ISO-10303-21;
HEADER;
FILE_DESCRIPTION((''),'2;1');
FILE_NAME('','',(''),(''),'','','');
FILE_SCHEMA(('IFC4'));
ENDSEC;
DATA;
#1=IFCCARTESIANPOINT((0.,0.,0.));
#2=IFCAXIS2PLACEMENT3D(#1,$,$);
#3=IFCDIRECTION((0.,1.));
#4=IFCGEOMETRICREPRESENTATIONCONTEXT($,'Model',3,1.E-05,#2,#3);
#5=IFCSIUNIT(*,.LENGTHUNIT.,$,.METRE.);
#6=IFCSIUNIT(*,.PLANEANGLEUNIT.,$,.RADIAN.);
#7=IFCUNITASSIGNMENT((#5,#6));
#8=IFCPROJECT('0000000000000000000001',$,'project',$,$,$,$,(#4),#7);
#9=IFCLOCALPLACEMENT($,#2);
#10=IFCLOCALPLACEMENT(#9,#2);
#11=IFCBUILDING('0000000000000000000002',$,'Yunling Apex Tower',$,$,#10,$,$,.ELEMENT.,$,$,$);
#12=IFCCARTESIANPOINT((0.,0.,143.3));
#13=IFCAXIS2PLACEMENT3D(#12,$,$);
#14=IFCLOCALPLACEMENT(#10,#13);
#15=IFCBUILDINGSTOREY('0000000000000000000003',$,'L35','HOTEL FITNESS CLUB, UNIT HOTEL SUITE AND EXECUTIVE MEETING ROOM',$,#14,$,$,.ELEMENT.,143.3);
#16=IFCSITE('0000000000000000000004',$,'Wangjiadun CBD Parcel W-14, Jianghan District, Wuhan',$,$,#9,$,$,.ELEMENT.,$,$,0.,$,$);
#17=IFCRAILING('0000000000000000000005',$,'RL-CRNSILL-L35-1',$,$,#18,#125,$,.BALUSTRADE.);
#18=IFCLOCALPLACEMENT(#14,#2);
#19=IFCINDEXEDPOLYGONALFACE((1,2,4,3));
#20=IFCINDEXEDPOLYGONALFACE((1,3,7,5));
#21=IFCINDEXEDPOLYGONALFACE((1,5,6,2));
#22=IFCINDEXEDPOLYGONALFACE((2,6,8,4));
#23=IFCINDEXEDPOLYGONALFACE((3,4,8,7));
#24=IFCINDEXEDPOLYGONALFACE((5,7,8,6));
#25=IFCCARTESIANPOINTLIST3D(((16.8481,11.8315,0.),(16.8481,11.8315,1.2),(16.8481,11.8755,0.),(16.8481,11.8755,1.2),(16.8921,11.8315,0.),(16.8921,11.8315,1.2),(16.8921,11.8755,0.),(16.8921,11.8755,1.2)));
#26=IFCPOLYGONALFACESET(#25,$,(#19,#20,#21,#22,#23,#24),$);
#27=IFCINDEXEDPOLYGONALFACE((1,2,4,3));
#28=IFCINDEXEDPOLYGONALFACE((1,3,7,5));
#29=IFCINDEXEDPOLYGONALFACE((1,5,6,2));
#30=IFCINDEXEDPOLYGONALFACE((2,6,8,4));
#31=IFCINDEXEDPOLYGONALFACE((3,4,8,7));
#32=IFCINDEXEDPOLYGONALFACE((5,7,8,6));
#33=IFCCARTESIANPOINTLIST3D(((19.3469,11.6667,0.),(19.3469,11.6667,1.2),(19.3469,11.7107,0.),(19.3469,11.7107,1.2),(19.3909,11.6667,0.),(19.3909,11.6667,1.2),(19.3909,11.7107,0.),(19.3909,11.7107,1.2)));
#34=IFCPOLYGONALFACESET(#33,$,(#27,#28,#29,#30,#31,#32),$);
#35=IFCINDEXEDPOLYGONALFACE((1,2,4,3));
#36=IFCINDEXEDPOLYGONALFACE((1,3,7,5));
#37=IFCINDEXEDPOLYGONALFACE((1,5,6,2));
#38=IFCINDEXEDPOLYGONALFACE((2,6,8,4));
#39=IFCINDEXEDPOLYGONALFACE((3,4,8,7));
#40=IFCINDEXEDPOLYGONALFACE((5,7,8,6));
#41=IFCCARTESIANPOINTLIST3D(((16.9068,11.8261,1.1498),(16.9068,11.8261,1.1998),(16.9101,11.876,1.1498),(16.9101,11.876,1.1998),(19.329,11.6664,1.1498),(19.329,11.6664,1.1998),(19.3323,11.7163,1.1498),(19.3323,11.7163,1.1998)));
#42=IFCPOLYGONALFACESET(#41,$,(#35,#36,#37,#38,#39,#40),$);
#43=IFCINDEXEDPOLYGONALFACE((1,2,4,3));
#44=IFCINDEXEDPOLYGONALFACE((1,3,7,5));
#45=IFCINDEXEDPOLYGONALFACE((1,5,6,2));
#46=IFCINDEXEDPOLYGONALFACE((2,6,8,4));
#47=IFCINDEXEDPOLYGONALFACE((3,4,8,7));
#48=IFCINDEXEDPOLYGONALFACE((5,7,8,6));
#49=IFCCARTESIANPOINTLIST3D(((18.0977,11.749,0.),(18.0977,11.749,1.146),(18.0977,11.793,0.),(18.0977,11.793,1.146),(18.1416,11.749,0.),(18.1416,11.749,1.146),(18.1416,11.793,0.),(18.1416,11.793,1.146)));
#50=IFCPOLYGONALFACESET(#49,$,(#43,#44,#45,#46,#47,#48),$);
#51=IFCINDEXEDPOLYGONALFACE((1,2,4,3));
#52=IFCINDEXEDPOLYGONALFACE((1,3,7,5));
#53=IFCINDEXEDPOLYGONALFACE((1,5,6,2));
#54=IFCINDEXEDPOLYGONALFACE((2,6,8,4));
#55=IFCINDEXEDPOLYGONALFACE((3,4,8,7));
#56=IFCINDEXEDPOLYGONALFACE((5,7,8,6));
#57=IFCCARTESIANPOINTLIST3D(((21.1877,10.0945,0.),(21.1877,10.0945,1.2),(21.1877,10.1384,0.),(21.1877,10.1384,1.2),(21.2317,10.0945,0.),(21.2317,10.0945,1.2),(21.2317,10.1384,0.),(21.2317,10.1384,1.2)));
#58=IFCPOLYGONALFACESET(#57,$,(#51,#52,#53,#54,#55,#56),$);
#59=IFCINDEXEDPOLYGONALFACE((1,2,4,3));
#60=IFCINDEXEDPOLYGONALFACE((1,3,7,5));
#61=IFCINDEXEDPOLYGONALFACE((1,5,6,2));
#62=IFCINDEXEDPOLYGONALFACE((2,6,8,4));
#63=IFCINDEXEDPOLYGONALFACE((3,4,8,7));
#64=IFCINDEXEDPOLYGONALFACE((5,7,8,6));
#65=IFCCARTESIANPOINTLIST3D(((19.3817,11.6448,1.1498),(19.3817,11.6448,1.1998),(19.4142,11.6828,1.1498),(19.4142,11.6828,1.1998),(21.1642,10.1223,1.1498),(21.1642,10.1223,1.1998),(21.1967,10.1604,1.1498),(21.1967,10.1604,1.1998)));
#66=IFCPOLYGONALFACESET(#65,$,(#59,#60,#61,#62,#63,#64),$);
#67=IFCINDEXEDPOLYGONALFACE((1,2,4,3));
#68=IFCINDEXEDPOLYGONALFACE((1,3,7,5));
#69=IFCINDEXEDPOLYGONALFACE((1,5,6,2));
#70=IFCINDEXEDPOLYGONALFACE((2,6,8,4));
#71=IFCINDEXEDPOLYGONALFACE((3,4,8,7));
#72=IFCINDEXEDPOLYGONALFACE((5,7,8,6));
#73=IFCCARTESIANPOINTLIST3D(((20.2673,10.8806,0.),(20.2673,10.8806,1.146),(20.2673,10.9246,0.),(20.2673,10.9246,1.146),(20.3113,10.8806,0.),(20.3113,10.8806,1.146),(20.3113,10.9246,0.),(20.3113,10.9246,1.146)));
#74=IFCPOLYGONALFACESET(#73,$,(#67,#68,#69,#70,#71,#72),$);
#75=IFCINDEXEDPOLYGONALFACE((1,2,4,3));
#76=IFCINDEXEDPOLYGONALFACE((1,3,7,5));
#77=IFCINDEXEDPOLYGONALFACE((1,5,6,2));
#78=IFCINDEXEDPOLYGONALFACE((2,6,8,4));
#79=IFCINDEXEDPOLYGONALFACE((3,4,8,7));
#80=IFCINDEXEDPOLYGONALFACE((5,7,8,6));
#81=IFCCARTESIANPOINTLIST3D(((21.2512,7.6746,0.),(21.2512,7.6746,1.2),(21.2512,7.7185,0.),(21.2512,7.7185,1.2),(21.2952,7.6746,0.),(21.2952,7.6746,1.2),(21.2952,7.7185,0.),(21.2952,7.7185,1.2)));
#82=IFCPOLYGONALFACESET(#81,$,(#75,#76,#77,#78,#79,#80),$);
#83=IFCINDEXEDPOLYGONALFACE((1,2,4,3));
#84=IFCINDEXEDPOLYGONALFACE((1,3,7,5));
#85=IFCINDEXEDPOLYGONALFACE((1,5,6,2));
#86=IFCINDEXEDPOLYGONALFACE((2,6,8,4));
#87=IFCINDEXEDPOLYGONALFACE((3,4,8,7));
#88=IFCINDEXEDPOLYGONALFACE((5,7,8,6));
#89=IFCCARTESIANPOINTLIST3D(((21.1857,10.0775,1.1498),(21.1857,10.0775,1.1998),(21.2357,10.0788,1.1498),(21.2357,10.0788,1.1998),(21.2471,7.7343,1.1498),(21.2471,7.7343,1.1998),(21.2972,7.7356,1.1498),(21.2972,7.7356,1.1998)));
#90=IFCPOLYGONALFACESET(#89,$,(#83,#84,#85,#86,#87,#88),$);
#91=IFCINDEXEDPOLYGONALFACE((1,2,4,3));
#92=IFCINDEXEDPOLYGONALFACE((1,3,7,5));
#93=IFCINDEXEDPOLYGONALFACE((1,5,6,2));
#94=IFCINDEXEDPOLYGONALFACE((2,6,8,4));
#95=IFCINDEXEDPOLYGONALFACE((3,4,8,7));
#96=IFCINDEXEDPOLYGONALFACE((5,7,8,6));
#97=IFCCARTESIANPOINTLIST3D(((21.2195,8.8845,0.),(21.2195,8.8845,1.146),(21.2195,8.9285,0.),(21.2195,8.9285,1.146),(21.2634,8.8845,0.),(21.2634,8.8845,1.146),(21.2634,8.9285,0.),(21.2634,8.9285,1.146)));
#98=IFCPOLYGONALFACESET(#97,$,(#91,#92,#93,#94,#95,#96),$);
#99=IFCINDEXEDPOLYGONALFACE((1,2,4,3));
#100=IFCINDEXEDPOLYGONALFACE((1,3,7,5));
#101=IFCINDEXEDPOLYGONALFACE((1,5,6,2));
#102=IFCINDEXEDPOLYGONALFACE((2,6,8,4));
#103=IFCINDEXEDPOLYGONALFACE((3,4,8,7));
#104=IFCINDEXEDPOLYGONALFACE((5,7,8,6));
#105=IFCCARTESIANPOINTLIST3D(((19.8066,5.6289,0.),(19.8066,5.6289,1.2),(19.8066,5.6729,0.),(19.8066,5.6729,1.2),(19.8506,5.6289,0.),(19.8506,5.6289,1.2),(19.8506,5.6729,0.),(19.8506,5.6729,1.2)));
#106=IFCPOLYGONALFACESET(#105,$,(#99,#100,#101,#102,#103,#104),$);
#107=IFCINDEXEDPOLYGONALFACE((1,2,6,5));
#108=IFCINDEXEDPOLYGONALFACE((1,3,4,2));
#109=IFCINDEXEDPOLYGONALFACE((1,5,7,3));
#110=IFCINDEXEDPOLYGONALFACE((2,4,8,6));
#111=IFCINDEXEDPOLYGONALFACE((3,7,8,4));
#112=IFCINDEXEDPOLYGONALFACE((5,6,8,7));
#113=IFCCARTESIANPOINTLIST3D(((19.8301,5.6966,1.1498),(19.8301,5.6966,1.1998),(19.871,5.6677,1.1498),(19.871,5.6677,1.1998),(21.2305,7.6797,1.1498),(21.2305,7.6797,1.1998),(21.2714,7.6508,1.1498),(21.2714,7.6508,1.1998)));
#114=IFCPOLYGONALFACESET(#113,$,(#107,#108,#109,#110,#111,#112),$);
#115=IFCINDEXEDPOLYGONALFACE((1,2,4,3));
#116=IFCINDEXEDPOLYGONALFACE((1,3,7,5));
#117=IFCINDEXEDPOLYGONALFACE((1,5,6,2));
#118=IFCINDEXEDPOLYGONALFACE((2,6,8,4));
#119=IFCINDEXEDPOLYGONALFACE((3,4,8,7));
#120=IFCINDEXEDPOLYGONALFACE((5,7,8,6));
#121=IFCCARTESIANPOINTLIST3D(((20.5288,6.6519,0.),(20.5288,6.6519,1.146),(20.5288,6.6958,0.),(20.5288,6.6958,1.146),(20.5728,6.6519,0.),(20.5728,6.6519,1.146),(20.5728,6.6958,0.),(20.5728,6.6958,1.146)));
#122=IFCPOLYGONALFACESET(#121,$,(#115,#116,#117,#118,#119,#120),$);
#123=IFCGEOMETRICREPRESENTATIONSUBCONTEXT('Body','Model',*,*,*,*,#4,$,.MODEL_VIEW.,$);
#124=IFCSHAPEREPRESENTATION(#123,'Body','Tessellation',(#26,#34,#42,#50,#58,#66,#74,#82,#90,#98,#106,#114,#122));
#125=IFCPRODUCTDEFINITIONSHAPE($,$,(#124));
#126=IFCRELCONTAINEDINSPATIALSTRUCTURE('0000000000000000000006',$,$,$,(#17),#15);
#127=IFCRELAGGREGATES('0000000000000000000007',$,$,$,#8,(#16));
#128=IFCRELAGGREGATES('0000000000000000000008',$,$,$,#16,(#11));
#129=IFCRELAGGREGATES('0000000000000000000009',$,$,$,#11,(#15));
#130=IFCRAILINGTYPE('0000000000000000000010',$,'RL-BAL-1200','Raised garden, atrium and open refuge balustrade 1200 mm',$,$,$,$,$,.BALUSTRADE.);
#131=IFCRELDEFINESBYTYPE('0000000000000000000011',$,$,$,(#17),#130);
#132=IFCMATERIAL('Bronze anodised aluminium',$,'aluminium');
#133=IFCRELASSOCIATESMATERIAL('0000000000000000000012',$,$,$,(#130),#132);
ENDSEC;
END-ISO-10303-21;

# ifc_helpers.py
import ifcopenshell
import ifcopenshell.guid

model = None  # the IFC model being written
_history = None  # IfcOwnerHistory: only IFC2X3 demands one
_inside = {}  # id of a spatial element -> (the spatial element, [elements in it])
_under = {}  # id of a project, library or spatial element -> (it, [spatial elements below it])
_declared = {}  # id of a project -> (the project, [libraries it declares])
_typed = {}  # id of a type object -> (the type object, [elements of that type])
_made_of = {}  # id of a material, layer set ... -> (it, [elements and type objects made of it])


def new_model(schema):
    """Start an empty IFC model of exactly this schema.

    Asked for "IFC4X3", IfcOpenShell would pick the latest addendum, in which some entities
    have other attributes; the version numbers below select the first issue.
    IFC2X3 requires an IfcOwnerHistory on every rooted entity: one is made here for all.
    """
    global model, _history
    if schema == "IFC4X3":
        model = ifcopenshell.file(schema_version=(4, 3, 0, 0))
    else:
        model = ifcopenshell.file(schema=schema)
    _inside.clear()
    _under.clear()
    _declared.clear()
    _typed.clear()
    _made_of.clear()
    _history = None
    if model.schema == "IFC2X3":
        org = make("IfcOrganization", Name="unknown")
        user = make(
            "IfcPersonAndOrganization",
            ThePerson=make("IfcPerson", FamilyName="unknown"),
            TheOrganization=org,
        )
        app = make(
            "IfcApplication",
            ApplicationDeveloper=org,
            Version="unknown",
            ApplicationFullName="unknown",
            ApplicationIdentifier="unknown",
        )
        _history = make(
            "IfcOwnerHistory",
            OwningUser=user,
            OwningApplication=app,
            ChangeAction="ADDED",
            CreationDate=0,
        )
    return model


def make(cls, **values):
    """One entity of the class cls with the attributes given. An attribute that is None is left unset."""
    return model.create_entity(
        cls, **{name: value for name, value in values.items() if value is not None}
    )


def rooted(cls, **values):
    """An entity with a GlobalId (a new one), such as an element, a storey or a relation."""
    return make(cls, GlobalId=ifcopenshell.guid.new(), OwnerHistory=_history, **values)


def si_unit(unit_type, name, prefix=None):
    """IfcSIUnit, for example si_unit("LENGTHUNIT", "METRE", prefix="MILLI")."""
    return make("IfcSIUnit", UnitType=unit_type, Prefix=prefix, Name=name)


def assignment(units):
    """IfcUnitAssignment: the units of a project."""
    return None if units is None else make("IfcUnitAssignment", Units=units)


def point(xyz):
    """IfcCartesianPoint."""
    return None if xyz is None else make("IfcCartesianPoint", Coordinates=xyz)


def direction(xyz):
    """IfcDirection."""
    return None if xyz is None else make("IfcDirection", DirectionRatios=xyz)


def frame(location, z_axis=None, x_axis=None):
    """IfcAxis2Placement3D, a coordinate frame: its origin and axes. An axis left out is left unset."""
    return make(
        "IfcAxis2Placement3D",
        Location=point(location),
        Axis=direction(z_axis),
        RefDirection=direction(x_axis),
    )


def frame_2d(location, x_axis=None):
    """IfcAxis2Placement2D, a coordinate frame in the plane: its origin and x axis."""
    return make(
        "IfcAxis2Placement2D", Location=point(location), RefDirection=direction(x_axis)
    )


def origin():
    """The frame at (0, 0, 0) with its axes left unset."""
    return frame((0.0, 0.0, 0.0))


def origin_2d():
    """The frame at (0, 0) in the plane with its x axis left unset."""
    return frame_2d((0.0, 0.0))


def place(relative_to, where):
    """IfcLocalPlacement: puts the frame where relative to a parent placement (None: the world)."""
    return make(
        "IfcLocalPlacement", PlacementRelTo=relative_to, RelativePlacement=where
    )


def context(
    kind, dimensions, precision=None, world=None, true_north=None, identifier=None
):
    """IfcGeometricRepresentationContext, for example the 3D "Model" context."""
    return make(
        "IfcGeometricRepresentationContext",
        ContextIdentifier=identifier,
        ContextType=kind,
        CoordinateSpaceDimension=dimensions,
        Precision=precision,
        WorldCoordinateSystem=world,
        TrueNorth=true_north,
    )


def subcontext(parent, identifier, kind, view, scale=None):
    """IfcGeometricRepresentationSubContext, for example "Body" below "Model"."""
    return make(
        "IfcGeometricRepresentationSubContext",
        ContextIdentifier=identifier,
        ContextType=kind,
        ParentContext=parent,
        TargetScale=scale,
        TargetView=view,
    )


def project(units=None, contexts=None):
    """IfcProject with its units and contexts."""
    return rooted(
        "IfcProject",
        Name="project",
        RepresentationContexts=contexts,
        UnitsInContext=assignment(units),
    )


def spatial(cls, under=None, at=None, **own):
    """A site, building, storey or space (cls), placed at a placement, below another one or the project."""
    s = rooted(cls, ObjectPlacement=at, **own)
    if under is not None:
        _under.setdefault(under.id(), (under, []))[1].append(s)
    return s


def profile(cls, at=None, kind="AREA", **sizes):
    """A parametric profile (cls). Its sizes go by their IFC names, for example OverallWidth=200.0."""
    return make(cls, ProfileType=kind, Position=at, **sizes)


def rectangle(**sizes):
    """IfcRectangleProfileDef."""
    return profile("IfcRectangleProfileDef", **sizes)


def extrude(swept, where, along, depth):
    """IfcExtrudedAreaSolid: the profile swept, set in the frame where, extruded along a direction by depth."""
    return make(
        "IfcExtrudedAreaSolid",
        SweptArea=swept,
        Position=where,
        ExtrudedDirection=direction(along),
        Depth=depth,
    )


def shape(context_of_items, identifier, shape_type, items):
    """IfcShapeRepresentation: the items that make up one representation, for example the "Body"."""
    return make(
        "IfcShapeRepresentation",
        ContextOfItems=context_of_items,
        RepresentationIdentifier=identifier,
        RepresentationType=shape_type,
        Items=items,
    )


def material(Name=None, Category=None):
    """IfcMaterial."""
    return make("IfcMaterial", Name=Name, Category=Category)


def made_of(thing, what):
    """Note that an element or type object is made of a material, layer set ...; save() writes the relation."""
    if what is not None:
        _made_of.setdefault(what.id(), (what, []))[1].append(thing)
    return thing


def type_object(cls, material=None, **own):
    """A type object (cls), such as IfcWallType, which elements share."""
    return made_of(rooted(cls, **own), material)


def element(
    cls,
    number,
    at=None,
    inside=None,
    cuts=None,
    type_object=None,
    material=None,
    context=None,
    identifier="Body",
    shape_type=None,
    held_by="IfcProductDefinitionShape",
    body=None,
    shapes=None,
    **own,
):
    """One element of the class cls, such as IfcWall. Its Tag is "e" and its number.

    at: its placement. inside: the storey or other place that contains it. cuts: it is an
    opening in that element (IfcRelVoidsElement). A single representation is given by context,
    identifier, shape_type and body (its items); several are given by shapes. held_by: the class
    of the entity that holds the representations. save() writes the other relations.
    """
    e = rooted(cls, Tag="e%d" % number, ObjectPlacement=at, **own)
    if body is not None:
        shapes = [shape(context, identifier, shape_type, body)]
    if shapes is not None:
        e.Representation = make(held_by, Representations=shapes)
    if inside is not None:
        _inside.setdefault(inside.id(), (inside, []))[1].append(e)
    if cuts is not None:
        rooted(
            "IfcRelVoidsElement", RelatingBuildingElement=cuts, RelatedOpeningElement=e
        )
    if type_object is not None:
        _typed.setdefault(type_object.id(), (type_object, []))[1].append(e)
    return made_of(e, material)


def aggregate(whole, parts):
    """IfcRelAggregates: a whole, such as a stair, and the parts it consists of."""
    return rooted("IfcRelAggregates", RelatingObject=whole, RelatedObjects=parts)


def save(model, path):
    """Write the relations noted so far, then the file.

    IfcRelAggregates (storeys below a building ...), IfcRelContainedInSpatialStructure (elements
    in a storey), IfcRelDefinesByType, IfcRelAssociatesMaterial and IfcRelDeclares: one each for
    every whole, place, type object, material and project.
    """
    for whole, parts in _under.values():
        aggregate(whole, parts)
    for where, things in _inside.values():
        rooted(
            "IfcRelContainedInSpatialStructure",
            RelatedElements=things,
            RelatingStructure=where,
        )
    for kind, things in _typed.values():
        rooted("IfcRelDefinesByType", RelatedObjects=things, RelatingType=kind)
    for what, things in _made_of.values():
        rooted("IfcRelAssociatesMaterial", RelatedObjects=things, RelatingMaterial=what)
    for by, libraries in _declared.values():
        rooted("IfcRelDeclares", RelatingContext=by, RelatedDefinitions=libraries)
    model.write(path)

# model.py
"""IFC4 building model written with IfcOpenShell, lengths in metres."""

from ifc_helpers import new_model, si_unit, direction, frame, origin, origin_2d, place, context, subcontext, project, spatial, rectangle, extrude, material, type_object, element, save


model = new_model("IFC4")

# Units and contexts
model_context = context("Model", 3, precision=1e-05, world=origin(), true_north=direction((0.0, 1.0)))
body_context = subcontext(model_context, "Body", "Model", "MODEL_VIEW")
ifc_project = project(units=[si_unit("LENGTHUNIT", "METRE"), si_unit("PLANEANGLEUNIT", "RADIAN")], contexts=[model_context])

# Site, building, storey
site_placement = place(None, origin())
site = spatial("IfcSite", under=ifc_project, at=site_placement, Name="Wangjiadun CBD Parcel W-14, Jianghan District, Wuhan", CompositionType="ELEMENT", RefElevation=0.0)
building_placement = place(site_placement, origin())
building = spatial("IfcBuilding", under=site, at=building_placement, Name="Yunling Apex Tower", CompositionType="ELEMENT")
storey_placement = place(building_placement, frame((0.0, 0.0, 143.3)))
storey = spatial("IfcBuildingStorey", under=building, at=storey_placement, Name="L35", Description="HOTEL FITNESS CLUB, UNIT HOTEL SUITE AND EXECUTIVE MEETING ROOM", CompositionType="ELEMENT", Elevation=143.3)

# Shared definitions
ifc_material_1 = material(Name="Bronze anodised aluminium", Category="aluminium")

# Railing
railing_type = type_object("IfcRailingType", Name="RL-BAL-1200", Description="Raised garden, atrium and open refuge balustrade 1200 mm", PredefinedType="BALUSTRADE", material=ifc_material_1)
railing_1_placement = place(storey_placement, frame((16.8701, 11.8535, 0.0)))
element("IfcRailing", 1, at=railing_1_placement, inside=storey, type_object=railing_type, Name="RL-CRNSILL-L35-1", PredefinedType="BALUSTRADE", context=body_context, shape_type="SweptSolid", body=[
    extrude(rectangle(XDim=0.0439, YDim=0.0439, at=origin_2d()), origin(), (0.0, 0.0, 1.0), 1.2),
    extrude(rectangle(XDim=0.0439, YDim=0.0439, at=origin_2d()), frame((2.4988, -0.1648, 0.0)), (0.0, 0.0, 1.0), 1.2),
    extrude(rectangle(XDim=0.05, YDim=0.05, at=origin_2d()), frame((0.0383, -0.0024, 1.1748), z_axis=(0.997832, -0.065807, 0.0), x_axis=(0.065807, 0.997832, 0.0)), (0.0, 0.0, 1.0), 2.4275),
    extrude(rectangle(XDim=0.0439, YDim=0.0439, at=origin_2d()), frame((1.2495, -0.0825, 0.0)), (0.0, 0.0, 1.0), 1.146),
    extrude(rectangle(XDim=0.0439, YDim=0.0439, at=origin_2d()), frame((4.3396, -1.7371, 0.0)), (0.0, 0.0, 1.0), 1.2),
    extrude(rectangle(XDim=0.05, YDim=0.05, at=origin_2d()), frame((2.5278, -0.1897, 1.1748), z_axis=(0.760394, -0.649462, 0.0), x_axis=(0.649462, 0.760394, 0.0)), (0.0, 0.0, 1.0), 2.3442),
    extrude(rectangle(XDim=0.0439, YDim=0.0439, at=origin_2d()), frame((3.4192, -0.9509, 0.0)), (0.0, 0.0, 1.0), 1.146),
    extrude(rectangle(XDim=0.0439, YDim=0.0439, at=origin_2d()), frame((4.4031, -4.157, 0.0)), (0.0, 0.0, 1.0), 1.2),
    extrude(rectangle(XDim=0.05, YDim=0.05, at=origin_2d()), frame((4.3406, -1.7754, 1.1748), z_axis=(0.026222, -0.999656, 0.0), x_axis=(0.999656, 0.026222, 0.0)), (0.0, 0.0, 1.0), 2.344),
    extrude(rectangle(XDim=0.0439, YDim=0.0439, at=origin_2d()), frame((4.3713, -2.947, 0.0)), (0.0, 0.0, 1.0), 1.146),
    extrude(rectangle(XDim=0.0439, YDim=0.0439, at=origin_2d()), frame((2.9585, -6.2026, 0.0)), (0.0, 0.0, 1.0), 1.2),
    extrude(rectangle(XDim=0.05, YDim=0.05, at=origin_2d()), frame((4.3809, -4.1882, 1.1748), z_axis=(-0.57684, -0.816857, 0.0), x_axis=(0.816857, -0.57684, 0.0)), (0.0, 0.0, 1.0), 2.4277),
    extrude(rectangle(XDim=0.0439, YDim=0.0439, at=origin_2d()), frame((3.6807, -5.1797, 0.0)), (0.0, 0.0, 1.0), 1.146),
])

save(model, "model.ifc")
